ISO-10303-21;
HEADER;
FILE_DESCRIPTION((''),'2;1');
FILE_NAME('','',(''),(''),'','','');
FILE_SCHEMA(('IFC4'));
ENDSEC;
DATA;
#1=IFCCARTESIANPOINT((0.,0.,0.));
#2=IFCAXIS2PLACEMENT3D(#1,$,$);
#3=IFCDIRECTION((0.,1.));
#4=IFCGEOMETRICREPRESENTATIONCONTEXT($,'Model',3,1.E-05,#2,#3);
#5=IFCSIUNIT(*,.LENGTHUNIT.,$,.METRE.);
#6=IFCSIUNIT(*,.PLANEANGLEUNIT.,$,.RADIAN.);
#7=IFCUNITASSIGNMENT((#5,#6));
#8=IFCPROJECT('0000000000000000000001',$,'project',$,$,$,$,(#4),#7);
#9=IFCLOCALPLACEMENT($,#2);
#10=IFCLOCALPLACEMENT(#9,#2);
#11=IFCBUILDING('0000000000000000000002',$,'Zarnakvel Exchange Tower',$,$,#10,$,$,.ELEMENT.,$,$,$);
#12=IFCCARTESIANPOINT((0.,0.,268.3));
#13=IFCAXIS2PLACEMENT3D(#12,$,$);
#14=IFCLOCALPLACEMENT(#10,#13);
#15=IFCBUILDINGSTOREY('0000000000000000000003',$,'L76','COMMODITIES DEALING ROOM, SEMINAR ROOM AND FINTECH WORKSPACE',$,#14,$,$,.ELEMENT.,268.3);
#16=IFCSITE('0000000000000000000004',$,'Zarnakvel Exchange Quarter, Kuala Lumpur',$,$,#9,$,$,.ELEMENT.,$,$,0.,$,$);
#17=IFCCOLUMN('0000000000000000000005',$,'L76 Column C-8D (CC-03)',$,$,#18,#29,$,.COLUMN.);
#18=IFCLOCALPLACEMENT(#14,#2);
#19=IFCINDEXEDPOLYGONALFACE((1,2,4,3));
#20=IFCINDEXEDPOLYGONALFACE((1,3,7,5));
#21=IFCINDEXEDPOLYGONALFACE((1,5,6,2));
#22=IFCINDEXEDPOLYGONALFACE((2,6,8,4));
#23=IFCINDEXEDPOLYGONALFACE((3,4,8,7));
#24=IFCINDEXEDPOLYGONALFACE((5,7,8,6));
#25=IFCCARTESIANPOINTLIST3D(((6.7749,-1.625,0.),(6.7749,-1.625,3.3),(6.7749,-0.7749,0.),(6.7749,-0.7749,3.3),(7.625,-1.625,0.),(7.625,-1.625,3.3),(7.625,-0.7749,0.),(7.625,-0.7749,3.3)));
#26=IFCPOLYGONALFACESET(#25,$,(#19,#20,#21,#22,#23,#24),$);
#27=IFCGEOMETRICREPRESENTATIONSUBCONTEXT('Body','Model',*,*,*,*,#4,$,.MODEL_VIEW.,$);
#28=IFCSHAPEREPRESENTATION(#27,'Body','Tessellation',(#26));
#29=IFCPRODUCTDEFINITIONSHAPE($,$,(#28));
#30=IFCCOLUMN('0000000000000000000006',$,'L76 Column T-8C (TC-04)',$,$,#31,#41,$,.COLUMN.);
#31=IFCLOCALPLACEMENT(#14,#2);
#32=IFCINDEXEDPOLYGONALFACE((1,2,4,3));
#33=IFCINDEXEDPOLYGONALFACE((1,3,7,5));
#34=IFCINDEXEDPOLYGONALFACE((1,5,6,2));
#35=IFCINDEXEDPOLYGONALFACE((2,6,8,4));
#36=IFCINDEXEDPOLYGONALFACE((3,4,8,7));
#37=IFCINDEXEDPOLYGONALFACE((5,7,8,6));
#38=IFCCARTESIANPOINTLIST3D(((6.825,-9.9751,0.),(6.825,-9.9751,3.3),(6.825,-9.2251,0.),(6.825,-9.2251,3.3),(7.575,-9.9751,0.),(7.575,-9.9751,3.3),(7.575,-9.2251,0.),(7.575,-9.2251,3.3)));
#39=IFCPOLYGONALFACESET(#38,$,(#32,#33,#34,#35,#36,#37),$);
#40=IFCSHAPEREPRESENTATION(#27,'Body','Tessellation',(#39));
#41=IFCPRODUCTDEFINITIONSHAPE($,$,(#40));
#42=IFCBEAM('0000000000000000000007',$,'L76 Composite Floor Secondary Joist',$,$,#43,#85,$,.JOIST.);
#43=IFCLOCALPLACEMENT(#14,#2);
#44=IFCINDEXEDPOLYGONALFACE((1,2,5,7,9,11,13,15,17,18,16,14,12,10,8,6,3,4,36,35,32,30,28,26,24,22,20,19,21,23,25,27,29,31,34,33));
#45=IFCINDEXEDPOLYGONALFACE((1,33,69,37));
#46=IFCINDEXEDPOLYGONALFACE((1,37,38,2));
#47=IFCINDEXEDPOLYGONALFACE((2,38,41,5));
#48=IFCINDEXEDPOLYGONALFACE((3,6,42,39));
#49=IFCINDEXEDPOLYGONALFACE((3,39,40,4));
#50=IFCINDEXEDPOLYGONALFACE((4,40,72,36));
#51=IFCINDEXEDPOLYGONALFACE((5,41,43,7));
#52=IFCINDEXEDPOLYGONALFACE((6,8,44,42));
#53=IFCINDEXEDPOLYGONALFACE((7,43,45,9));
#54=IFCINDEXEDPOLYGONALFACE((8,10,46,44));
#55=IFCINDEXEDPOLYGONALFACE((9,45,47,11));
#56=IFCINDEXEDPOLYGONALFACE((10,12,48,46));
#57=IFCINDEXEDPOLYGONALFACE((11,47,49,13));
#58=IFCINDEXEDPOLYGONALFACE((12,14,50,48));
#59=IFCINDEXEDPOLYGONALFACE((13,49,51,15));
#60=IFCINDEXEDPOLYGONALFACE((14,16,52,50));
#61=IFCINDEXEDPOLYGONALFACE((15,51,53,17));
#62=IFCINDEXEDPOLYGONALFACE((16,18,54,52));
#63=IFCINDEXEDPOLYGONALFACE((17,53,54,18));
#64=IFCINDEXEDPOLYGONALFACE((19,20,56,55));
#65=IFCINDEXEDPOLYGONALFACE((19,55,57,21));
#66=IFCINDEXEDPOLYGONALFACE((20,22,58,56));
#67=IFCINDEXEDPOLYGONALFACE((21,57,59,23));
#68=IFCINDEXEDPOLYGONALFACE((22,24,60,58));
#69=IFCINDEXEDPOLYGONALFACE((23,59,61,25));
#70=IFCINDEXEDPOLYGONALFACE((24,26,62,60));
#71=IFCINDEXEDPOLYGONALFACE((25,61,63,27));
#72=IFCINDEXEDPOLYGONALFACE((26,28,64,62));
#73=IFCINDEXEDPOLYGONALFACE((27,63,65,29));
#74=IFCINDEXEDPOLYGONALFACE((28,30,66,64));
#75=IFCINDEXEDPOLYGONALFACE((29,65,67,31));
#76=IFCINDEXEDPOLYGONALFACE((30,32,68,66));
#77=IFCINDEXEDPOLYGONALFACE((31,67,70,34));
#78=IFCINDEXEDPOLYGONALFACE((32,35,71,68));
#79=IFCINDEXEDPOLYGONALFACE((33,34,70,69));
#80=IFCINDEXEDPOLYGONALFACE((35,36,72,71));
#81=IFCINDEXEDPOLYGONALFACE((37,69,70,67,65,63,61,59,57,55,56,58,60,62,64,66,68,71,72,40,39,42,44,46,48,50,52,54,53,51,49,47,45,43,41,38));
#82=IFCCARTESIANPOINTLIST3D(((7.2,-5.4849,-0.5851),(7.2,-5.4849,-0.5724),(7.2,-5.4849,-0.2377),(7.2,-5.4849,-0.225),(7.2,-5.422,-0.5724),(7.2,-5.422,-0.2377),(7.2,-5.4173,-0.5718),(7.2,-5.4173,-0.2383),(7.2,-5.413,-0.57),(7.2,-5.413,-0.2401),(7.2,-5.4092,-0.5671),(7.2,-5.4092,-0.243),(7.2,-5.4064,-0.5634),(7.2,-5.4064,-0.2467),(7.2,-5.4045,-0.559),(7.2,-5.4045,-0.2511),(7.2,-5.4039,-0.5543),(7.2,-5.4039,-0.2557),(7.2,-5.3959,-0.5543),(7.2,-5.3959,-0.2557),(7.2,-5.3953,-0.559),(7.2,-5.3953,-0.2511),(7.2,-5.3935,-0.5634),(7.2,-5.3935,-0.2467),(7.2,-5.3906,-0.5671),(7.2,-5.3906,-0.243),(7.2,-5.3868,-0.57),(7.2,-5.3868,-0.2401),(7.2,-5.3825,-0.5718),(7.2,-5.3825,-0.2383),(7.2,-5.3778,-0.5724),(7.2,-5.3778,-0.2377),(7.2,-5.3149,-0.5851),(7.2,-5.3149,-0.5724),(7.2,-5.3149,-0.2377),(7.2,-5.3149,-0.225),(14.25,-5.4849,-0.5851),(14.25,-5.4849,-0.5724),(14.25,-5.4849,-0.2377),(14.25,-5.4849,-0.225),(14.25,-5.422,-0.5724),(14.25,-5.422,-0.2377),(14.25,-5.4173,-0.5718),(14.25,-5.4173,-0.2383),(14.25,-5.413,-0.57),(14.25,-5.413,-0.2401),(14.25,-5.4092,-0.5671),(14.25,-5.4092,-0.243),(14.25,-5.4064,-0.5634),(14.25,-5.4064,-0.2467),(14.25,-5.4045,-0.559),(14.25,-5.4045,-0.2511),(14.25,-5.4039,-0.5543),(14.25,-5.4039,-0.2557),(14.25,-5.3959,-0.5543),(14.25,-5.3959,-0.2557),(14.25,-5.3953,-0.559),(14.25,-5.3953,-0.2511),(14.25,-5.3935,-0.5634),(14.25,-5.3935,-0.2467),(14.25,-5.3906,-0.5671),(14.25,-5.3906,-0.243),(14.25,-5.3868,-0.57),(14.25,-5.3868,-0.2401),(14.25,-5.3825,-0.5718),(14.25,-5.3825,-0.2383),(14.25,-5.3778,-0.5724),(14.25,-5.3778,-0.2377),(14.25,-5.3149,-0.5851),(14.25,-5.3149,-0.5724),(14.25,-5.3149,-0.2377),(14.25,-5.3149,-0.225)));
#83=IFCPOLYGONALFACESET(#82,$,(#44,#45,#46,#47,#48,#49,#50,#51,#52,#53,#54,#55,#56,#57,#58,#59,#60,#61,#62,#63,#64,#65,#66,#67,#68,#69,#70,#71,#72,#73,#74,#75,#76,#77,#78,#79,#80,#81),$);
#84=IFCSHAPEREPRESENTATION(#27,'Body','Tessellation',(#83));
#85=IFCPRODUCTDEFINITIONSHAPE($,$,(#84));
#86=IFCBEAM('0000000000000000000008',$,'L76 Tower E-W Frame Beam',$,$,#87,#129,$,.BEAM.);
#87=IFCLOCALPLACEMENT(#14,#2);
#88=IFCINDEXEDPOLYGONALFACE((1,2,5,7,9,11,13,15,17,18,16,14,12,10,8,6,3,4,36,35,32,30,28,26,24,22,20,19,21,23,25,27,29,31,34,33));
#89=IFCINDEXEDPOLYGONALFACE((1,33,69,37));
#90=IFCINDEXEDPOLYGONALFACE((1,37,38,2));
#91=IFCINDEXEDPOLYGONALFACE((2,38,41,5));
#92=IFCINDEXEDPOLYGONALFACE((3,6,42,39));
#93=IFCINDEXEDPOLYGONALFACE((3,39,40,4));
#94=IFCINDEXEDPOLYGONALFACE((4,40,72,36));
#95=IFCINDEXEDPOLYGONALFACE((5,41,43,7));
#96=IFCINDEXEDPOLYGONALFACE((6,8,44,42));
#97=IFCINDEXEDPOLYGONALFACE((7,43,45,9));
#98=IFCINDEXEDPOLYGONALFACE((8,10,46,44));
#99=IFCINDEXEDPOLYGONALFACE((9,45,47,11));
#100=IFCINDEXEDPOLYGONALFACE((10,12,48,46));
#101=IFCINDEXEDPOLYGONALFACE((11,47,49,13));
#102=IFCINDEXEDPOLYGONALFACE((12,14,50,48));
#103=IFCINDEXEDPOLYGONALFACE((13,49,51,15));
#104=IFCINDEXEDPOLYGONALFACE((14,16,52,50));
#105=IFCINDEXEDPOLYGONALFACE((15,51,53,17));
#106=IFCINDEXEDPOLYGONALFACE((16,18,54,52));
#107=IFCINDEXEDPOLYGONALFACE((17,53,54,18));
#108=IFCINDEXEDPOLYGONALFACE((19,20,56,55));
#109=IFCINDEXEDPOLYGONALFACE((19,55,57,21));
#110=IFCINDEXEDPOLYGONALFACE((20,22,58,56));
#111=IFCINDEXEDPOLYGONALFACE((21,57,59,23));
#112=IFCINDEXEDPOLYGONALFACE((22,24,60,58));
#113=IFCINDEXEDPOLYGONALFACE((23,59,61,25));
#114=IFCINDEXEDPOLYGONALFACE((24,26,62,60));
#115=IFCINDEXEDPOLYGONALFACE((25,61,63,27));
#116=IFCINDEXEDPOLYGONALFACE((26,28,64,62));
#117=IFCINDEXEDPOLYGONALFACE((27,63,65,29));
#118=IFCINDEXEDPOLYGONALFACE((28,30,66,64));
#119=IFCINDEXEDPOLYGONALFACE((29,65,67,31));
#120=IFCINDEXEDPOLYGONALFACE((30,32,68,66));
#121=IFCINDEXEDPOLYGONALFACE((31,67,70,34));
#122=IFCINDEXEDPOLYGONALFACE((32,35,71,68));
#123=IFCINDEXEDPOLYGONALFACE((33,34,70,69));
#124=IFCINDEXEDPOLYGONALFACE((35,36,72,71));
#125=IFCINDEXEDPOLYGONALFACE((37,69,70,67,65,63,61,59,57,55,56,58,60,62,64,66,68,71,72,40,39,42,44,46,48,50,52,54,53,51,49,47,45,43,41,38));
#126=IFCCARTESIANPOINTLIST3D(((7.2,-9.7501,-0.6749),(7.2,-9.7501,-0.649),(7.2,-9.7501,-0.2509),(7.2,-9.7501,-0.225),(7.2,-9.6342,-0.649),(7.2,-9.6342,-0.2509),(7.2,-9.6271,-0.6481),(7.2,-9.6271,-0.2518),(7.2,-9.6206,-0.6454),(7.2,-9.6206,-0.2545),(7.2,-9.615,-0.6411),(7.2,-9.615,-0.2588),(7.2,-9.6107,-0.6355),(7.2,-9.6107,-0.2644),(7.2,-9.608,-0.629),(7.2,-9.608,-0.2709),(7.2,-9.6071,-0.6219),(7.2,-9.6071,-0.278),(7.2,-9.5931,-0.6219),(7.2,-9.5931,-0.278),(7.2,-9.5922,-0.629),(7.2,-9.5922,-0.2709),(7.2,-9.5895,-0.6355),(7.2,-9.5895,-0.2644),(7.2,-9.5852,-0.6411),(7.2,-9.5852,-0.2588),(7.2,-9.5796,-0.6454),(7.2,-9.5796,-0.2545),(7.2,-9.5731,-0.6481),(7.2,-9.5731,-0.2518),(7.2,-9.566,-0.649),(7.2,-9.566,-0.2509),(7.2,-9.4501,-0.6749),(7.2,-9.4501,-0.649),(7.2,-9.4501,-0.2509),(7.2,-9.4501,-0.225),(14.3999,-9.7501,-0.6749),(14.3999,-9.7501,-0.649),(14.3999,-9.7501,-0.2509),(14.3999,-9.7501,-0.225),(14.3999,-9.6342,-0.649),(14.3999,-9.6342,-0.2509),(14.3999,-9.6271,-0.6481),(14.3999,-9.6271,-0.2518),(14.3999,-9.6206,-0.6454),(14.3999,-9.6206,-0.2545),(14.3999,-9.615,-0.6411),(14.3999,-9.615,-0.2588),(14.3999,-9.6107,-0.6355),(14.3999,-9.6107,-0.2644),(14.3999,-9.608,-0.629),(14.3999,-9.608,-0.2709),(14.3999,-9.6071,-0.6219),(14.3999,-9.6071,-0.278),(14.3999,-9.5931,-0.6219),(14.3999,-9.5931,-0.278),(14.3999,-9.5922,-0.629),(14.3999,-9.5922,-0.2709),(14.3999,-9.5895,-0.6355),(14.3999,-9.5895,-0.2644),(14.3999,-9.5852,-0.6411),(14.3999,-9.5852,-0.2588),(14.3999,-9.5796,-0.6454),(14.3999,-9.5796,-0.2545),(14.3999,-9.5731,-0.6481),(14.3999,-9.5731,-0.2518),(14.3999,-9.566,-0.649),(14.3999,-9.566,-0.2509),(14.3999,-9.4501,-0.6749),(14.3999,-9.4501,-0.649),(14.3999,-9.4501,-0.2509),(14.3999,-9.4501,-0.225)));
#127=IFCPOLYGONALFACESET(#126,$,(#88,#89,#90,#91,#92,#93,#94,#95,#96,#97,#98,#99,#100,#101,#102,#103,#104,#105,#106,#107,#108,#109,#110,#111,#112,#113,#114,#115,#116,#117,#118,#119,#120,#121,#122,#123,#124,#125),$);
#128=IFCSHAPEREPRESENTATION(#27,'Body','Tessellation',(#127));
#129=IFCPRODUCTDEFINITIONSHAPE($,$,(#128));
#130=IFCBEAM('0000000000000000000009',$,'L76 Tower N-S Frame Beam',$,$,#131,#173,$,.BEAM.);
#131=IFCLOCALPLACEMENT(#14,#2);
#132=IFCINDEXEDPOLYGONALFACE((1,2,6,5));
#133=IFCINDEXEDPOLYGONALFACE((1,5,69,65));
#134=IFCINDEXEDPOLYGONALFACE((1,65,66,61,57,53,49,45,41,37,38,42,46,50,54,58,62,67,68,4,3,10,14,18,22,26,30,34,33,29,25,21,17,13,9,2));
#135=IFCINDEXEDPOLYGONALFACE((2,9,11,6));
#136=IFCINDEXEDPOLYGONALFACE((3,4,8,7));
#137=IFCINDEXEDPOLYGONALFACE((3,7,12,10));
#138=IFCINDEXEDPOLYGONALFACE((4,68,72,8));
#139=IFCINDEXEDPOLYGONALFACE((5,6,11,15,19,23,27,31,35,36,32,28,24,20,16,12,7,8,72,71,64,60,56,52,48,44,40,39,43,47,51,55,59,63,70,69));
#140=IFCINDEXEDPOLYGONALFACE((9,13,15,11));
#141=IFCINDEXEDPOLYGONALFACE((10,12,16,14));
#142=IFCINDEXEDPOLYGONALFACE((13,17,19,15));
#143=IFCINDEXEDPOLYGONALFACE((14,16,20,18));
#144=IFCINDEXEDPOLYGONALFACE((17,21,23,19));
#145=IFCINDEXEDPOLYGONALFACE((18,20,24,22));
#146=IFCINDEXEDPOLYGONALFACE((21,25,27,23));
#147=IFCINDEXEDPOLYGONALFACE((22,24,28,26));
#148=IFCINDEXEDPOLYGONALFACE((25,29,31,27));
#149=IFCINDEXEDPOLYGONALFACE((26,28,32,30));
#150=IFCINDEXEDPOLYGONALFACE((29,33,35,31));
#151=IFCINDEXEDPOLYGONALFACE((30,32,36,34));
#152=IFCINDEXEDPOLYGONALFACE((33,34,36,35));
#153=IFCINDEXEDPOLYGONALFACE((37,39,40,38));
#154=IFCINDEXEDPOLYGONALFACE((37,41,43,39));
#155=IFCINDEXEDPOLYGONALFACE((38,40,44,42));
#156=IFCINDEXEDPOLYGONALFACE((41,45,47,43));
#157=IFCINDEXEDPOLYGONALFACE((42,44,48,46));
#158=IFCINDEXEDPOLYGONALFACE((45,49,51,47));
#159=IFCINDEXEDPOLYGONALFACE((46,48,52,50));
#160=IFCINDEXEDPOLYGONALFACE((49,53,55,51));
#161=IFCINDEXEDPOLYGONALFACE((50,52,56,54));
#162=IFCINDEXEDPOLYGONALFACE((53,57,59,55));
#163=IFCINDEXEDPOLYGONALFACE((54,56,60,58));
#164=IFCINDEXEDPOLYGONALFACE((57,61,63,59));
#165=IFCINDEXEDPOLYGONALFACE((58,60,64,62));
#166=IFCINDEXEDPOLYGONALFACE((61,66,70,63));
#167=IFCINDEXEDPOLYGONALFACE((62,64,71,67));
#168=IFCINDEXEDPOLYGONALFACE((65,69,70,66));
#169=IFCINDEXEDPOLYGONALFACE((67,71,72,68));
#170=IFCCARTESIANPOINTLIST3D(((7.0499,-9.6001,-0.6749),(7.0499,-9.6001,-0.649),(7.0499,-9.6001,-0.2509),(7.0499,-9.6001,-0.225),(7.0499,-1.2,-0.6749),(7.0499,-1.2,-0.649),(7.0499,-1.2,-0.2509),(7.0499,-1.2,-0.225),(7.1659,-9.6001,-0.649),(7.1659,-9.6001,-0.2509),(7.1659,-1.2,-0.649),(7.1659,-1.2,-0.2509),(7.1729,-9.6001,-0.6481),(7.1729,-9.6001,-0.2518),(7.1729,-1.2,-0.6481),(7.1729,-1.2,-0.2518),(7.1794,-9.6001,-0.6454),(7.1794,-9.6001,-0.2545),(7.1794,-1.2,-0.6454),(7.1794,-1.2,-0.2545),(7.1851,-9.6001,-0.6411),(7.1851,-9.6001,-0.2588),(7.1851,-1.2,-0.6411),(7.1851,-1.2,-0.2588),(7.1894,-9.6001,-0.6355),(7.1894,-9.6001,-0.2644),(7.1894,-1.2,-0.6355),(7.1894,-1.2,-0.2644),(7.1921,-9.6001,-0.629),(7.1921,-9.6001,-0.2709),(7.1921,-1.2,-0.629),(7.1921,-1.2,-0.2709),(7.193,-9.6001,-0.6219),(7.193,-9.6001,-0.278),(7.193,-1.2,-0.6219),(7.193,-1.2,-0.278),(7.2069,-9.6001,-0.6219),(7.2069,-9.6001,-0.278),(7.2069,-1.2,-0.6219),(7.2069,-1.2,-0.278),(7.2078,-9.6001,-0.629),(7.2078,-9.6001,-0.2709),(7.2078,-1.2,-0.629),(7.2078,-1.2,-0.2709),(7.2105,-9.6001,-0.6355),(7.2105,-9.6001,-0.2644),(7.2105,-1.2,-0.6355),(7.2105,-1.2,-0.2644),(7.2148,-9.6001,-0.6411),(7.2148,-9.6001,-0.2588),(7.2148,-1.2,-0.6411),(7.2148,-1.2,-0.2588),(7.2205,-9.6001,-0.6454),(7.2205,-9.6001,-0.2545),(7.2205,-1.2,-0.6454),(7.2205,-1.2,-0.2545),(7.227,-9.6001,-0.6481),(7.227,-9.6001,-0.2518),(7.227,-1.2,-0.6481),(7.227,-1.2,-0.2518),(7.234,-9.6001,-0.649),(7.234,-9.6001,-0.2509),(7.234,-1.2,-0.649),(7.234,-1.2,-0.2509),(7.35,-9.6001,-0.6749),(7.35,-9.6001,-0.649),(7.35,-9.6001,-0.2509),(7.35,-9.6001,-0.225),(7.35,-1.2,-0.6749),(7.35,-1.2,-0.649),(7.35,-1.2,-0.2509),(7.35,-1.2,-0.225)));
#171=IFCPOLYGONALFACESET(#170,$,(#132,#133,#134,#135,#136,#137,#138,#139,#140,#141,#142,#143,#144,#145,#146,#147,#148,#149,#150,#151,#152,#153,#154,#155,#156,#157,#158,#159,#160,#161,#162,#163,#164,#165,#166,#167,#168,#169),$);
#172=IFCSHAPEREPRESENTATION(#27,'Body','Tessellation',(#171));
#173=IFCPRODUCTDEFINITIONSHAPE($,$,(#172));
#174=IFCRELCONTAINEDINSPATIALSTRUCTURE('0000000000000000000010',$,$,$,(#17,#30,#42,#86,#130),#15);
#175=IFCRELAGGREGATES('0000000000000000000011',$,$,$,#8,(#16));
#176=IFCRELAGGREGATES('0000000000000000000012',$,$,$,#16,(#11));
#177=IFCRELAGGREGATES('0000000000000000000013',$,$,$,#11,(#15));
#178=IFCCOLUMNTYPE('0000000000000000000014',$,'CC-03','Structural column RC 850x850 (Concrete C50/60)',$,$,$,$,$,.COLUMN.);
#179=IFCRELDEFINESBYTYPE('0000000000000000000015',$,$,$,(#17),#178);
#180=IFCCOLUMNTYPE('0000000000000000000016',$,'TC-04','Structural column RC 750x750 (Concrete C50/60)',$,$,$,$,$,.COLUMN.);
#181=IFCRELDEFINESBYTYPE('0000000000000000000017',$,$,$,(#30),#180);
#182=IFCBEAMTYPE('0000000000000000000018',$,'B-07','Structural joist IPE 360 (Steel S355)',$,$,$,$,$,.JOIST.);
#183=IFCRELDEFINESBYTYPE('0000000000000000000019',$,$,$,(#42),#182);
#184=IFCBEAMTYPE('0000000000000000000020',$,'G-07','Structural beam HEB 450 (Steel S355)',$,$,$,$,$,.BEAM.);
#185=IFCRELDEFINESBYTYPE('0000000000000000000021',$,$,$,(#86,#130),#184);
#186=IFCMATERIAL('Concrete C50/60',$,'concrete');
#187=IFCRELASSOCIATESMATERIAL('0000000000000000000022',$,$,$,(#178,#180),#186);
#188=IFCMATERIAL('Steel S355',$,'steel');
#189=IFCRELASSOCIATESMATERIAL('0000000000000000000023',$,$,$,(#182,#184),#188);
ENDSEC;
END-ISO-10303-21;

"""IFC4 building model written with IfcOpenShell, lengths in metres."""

from ifc_helpers import new_model, si_unit, direction, frame, origin, origin_2d, place, context, subcontext, project, spatial, rectangle, i_section, extrude, material, material_profile, profile_set, type_object, element, save


model = new_model("IFC4")

# Units and contexts
model_context = context("Model", 3, precision=1e-05, world=origin(), true_north=direction((0.0, 1.0)))
body_context = subcontext(model_context, "Body", "Model", "MODEL_VIEW")
ifc_project = project(units=[si_unit("LENGTHUNIT", "METRE"), si_unit("PLANEANGLEUNIT", "RADIAN")], contexts=[model_context])

# Site, building, storey
site_placement = place(None, origin())
site = spatial("IfcSite", under=ifc_project, at=site_placement, Name="Zarnakvel Exchange Quarter, Kuala Lumpur", CompositionType="ELEMENT", RefElevation=0.0)
building_placement = place(site_placement, origin())
building = spatial("IfcBuilding", under=site, at=building_placement, Name="Zarnakvel Exchange Tower", CompositionType="ELEMENT")
storey_placement = place(building_placement, frame((0.0, 0.0, 268.3)))
storey = spatial("IfcBuildingStorey", under=building, at=storey_placement, Name="L76", Description="COMMODITIES DEALING ROOM, SEMINAR ROOM AND FINTECH WORKSPACE", CompositionType="ELEMENT", Elevation=268.3)

# Columns
ifc_material_1 = material(Name="Concrete C50/60", Category="concrete")
ifc_material_profile_1 = material_profile(ifc_material_1, rectangle(XDim=0.8501, YDim=0.8501, at=origin_2d()))
ifc_profile_set_1 = profile_set([ifc_material_profile_1], Name="Concrete C50/60")
column_type_1 = type_object("IfcColumnType", Name="CC-03", Description="Structural column RC 850x850 (Concrete C50/60)", PredefinedType="COLUMN", material=ifc_profile_set_1)
column_1_placement = place(storey_placement, frame((7.2, -1.2, 0.0), z_axis=(0.0, 0.0, 1.0), x_axis=(1.0, 0.0, 0.0)))
element("IfcColumn", 1, at=column_1_placement, inside=storey, type_object=column_type_1, Name="L76 Column C-8D (CC-03)", PredefinedType="COLUMN", context=body_context, shape_type="SweptSolid", body=[
    extrude(rectangle(XDim=0.8501, YDim=0.8501, at=origin_2d()), origin(), (0.0, 0.0, 1.0), 3.3),
])
ifc_material_profile_2 = material_profile(ifc_material_1, rectangle(XDim=0.75, YDim=0.75, at=origin_2d()))
ifc_profile_set_2 = profile_set([ifc_material_profile_2], Name="Concrete C50/60")
column_type_2 = type_object("IfcColumnType", Name="TC-04", Description="Structural column RC 750x750 (Concrete C50/60)", PredefinedType="COLUMN", material=ifc_profile_set_2)
column_2_placement = place(storey_placement, frame((7.2, -9.6001, 0.0), z_axis=(0.0, 0.0, 1.0), x_axis=(1.0, 0.0, 0.0)))
element("IfcColumn", 2, at=column_2_placement, inside=storey, type_object=column_type_2, Name="L76 Column T-8C (TC-04)", PredefinedType="COLUMN", context=body_context, shape_type="SweptSolid", body=[
    extrude(rectangle(XDim=0.75, YDim=0.75, at=origin_2d()), origin(), (0.0, 0.0, 1.0), 3.3),
])

# Beams
ifc_material_2 = material(Name="Steel S355", Category="steel")
ifc_material_profile_3 = material_profile(ifc_material_2, i_section(OverallWidth=0.1699, OverallDepth=0.3601, WebThickness=0.0081, FlangeThickness=0.0127, FilletRadius=0.0181, at=origin_2d()))
ifc_profile_set_3 = profile_set([ifc_material_profile_3], Name="Steel S355")
beam_type_1 = type_object("IfcBeamType", Name="B-07", Description="Structural joist IPE 360 (Steel S355)", PredefinedType="JOIST", material=ifc_profile_set_3)
beam_1_placement = place(storey_placement, frame((7.2, -5.3999, -0.405), z_axis=(1.0, 0.0, 0.0), x_axis=(0.0, 1.0, 0.0)))
element("IfcBeam", 3, at=beam_1_placement, inside=storey, type_object=beam_type_1, Name="L76 Composite Floor Secondary Joist", PredefinedType="JOIST", context=body_context, shape_type="SweptSolid", body=[
    extrude(i_section(OverallWidth=0.1699, OverallDepth=0.3601, WebThickness=0.0081, FlangeThickness=0.0127, FilletRadius=0.0181, at=origin_2d()), origin(), (0.0, 0.0, 1.0), 7.05),
])
ifc_material_profile_4 = material_profile(ifc_material_2, i_section(OverallWidth=0.3, OverallDepth=0.45, WebThickness=0.0139, FlangeThickness=0.0259, FilletRadius=0.0271, at=origin_2d()))
ifc_profile_set_4 = profile_set([ifc_material_profile_4], Name="Steel S355")
beam_type_2 = type_object("IfcBeamType", Name="G-07", Description="Structural beam HEB 450 (Steel S355)", PredefinedType="BEAM", material=ifc_profile_set_4)
beam_2_placement = place(storey_placement, frame((7.2, -9.6001, -0.45), z_axis=(1.0, 0.0, 0.0), x_axis=(0.0, 1.0, 0.0)))
element("IfcBeam", 4, at=beam_2_placement, inside=storey, type_object=beam_type_2, Name="L76 Tower E-W Frame Beam", PredefinedType="BEAM", context=body_context, shape_type="SweptSolid", body=[
    extrude(i_section(OverallWidth=0.3, OverallDepth=0.45, WebThickness=0.0139, FlangeThickness=0.0259, FilletRadius=0.0271, at=origin_2d()), origin(), (0.0, 0.0, 1.0), 7.2),
])
beam_3_placement = place(storey_placement, frame((7.2, -9.6001, -0.45), z_axis=(0.0, 1.0, 0.0), x_axis=(-1.0, 0.0, 0.0)))
element("IfcBeam", 5, at=beam_3_placement, inside=storey, type_object=beam_type_2, Name="L76 Tower N-S Frame Beam", PredefinedType="BEAM", context=body_context, shape_type="SweptSolid", body=[
    extrude(i_section(OverallWidth=0.3, OverallDepth=0.45, WebThickness=0.0139, FlangeThickness=0.0259, FilletRadius=0.0271, at=origin_2d()), origin(), (0.0, 0.0, 1.0), 8.4001),
])

save(model, "model.ifc")
